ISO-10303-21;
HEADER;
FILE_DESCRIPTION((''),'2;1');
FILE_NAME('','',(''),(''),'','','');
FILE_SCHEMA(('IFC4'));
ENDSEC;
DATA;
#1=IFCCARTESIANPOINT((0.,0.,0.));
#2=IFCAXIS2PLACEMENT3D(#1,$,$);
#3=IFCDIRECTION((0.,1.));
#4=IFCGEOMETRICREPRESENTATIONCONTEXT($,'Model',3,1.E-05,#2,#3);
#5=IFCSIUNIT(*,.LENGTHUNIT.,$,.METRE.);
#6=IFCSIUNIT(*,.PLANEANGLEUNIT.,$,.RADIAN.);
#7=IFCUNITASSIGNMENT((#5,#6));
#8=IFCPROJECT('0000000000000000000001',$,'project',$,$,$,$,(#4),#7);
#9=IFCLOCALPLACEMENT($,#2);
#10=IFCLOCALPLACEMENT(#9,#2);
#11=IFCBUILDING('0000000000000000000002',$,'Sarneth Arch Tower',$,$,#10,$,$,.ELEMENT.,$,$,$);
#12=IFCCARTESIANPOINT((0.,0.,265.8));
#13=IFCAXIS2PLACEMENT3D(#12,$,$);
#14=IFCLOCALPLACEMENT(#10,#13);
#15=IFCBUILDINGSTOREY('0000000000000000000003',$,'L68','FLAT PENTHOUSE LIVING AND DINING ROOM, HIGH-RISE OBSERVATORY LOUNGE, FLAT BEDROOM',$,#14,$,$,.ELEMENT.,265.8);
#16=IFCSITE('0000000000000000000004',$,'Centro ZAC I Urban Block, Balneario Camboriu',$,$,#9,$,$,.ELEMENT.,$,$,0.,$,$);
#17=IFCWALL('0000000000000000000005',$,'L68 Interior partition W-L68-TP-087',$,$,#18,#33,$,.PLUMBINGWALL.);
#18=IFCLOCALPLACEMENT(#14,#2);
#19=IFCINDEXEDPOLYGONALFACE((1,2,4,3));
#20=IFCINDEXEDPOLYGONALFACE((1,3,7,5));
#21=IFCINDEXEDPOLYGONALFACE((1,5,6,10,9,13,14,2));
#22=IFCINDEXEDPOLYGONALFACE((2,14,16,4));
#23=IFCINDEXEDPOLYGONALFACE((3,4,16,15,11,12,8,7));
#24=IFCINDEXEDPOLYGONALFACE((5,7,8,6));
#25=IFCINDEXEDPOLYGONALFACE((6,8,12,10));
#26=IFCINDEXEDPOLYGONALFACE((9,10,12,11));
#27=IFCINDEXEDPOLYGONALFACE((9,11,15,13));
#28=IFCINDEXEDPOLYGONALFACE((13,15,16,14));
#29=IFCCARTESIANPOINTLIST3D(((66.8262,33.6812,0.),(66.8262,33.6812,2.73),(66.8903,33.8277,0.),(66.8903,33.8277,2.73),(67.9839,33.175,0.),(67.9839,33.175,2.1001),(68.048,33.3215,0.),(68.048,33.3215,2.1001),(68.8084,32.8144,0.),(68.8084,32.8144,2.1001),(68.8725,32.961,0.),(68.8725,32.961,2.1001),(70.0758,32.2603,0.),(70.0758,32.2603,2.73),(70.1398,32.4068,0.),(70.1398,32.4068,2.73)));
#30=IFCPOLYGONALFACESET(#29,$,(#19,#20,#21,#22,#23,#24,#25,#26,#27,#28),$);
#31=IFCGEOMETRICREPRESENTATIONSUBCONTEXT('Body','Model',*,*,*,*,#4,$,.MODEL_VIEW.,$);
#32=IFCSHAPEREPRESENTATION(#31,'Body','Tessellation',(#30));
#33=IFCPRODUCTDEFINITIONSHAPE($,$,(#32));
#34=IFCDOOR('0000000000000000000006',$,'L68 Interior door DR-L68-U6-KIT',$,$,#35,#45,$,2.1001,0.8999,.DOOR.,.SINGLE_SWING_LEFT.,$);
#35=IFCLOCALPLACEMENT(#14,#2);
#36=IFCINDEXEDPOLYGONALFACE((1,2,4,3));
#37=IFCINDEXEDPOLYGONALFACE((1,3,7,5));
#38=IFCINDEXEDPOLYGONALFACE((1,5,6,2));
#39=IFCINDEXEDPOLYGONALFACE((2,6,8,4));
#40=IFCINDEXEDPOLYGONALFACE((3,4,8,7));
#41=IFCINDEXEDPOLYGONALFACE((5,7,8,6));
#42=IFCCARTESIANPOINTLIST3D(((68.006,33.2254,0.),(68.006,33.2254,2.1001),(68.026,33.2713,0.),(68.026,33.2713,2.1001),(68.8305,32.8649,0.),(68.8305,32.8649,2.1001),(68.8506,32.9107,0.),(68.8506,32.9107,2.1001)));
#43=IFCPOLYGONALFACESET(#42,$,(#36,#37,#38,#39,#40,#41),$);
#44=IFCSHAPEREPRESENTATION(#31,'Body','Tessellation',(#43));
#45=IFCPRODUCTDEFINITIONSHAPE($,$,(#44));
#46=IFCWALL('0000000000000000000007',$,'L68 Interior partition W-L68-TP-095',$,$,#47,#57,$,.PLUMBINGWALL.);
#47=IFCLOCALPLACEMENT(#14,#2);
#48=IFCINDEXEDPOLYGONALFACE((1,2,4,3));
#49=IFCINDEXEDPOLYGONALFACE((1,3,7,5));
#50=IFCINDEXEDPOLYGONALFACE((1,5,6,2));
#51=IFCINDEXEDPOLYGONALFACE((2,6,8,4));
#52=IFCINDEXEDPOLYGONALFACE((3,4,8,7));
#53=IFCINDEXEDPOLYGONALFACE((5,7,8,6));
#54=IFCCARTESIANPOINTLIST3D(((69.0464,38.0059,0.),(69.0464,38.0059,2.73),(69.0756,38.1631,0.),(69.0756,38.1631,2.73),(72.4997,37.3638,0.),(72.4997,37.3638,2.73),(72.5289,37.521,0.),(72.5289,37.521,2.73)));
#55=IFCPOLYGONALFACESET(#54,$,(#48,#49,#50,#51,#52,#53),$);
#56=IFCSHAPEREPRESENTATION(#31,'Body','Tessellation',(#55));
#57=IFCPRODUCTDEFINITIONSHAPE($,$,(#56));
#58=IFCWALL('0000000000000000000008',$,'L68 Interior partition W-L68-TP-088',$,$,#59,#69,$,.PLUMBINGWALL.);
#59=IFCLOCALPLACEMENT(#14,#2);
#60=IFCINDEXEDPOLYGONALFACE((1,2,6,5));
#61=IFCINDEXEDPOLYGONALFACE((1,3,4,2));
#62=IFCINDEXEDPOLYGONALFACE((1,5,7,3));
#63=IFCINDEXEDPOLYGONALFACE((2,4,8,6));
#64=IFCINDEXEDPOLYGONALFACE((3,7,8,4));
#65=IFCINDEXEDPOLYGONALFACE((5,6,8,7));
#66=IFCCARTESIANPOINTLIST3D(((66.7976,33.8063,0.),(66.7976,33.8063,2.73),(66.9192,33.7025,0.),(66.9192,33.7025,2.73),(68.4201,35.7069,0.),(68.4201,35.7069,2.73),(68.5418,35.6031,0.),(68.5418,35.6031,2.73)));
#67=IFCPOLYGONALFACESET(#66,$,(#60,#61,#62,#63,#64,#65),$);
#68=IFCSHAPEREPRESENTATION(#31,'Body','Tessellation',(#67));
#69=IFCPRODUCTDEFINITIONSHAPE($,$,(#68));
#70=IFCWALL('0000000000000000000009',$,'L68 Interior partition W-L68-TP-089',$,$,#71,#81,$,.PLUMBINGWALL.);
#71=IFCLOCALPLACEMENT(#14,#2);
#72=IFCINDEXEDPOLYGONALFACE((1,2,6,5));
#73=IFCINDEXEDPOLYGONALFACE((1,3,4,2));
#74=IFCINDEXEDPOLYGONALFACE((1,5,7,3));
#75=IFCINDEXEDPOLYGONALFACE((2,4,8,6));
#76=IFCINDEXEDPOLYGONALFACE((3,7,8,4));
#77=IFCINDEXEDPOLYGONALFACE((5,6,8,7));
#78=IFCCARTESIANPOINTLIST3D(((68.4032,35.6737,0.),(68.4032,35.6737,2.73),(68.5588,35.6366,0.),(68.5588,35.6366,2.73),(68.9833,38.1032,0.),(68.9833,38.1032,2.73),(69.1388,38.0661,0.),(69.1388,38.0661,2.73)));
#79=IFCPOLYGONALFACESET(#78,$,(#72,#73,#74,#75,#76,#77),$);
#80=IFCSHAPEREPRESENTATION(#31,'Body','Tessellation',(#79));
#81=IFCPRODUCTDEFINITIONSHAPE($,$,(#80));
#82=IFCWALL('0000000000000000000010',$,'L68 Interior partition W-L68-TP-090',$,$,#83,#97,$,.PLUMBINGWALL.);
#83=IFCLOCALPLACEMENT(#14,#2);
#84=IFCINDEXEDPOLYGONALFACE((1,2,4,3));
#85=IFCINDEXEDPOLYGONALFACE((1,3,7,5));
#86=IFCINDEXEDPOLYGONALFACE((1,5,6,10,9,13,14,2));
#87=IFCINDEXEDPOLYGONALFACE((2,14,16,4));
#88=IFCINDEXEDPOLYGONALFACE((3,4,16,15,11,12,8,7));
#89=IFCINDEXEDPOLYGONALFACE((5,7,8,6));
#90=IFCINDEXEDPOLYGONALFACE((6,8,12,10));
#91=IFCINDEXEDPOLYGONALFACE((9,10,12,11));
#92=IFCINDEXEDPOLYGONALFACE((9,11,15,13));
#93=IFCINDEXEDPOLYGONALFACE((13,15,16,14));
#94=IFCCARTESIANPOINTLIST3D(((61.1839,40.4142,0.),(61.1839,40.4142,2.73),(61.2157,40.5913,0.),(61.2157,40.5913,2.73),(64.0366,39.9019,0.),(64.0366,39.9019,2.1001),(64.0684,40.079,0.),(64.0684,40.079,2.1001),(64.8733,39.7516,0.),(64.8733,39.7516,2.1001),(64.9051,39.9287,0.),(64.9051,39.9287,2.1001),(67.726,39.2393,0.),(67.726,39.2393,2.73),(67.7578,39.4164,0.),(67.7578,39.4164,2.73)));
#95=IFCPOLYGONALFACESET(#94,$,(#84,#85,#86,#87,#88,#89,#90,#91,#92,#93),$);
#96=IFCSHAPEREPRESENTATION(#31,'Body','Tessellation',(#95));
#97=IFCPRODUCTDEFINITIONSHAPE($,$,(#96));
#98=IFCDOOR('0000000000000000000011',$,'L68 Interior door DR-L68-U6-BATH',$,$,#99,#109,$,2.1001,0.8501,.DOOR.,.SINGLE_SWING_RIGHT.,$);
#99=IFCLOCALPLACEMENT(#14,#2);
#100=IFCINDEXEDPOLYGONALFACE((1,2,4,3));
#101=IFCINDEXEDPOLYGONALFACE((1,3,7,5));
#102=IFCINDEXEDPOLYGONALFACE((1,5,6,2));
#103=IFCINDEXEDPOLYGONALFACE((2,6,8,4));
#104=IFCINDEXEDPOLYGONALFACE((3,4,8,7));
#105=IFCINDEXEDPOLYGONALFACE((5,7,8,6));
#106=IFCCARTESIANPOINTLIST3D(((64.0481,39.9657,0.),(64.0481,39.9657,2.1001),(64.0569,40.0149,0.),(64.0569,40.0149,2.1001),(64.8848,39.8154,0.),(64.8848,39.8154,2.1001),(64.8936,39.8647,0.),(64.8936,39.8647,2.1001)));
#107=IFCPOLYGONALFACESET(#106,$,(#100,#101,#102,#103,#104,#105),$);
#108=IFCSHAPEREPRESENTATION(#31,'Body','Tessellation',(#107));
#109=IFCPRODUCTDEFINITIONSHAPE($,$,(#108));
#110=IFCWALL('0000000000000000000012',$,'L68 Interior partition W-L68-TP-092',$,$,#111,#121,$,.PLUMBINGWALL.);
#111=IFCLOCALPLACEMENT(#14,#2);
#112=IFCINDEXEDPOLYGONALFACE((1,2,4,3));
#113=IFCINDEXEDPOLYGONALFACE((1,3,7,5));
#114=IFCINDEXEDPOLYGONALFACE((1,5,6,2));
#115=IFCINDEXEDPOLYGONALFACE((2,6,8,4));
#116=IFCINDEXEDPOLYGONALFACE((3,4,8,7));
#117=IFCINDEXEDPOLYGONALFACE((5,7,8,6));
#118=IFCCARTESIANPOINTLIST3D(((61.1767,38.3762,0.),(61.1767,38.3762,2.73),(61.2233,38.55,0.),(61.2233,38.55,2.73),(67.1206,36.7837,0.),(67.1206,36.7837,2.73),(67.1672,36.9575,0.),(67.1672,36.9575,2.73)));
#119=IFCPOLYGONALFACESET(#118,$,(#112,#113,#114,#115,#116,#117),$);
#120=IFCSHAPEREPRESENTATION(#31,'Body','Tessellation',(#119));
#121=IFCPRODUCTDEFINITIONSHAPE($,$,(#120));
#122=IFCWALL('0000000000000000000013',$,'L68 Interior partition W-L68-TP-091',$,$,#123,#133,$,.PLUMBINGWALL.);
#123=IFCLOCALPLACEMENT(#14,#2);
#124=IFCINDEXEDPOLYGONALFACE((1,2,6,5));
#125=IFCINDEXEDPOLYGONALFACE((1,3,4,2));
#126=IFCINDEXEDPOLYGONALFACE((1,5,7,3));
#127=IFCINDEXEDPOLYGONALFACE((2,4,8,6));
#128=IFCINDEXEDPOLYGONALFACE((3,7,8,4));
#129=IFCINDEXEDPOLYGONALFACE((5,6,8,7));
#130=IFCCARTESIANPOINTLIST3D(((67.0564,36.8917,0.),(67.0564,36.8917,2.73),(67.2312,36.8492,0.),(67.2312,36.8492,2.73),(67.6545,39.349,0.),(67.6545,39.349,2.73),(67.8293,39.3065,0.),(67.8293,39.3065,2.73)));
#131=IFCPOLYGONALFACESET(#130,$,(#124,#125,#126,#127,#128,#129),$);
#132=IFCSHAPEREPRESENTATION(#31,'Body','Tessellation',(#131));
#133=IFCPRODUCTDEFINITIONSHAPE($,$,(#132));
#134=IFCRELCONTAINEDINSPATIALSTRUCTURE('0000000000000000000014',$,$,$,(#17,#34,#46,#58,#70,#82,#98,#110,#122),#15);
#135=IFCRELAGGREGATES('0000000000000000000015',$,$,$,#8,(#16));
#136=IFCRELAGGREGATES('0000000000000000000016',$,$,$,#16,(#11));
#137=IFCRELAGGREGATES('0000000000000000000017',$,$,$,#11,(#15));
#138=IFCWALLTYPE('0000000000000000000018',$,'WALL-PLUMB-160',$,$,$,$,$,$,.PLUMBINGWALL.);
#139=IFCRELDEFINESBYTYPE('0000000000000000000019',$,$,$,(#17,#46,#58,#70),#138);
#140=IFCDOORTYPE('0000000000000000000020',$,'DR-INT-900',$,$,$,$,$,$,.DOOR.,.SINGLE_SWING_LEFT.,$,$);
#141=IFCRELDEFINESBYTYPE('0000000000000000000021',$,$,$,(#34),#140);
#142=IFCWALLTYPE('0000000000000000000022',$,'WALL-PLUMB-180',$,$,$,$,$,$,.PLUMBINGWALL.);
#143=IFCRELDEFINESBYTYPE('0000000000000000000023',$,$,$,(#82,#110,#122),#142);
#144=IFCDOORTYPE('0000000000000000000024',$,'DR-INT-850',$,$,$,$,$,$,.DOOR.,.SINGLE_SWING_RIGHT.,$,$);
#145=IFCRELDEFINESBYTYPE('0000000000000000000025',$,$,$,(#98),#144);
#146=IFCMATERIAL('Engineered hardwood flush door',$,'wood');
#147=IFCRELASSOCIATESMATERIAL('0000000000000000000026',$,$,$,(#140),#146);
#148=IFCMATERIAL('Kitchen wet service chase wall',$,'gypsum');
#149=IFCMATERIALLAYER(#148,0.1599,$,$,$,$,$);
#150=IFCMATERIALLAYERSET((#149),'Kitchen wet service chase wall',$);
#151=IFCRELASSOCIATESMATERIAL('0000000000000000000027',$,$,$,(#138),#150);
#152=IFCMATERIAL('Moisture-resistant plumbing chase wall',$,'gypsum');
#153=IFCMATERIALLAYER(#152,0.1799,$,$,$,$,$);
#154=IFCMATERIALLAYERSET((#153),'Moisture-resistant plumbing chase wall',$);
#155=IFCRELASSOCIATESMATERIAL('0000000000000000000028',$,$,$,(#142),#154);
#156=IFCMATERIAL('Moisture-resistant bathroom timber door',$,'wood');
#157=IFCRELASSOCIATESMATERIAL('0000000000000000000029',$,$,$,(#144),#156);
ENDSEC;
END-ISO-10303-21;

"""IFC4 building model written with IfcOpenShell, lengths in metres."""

from ifc_helpers import new_model, si_unit, direction, frame, frame_2d, origin, place, context, subcontext, project, spatial, rectangle, extrude, material, layer, layer_set, type_object, element, fill, save


model = new_model("IFC4")

# Units and contexts
model_context = context("Model", 3, precision=1e-05, world=origin(), true_north=direction((0.0, 1.0)))
body_context = subcontext(model_context, "Body", "Model", "MODEL_VIEW")
ifc_project = project(units=[si_unit("LENGTHUNIT", "METRE"), si_unit("PLANEANGLEUNIT", "RADIAN")], contexts=[model_context])

# Site, building, storey
site_placement = place(None, origin())
site = spatial("IfcSite", under=ifc_project, at=site_placement, Name="Centro ZAC I Urban Block, Balneario Camboriu", CompositionType="ELEMENT", RefElevation=0.0)
building_placement = place(site_placement, origin())
building = spatial("IfcBuilding", under=site, at=building_placement, Name="Sarneth Arch Tower", CompositionType="ELEMENT")
storey_placement = place(building_placement, frame((0.0, 0.0, 265.8)))
storey = spatial("IfcBuildingStorey", under=building, at=storey_placement, Name="L68", Description="FLAT PENTHOUSE LIVING AND DINING ROOM, HIGH-RISE OBSERVATORY LOUNGE, FLAT BEDROOM", CompositionType="ELEMENT", Elevation=265.8)

# Wall, opening, door
ifc_material_1 = material(Name="Engineered hardwood flush door", Category="wood")
door_type_1 = type_object("IfcDoorType", Name="DR-INT-900", OperationType="SINGLE_SWING_LEFT", PredefinedType="DOOR", material=ifc_material_1)
ifc_material_2 = material(Name="Kitchen wet service chase wall", Category="gypsum")
ifc_layer_1 = layer(ifc_material_2, 0.1599)
ifc_layer_set_1 = layer_set([ifc_layer_1], Name="Kitchen wet service chase wall")
wall_type_1 = type_object("IfcWallType", Name="WALL-PLUMB-160", PredefinedType="PLUMBINGWALL", material=ifc_layer_set_1)
wall_1_placement = place(storey_placement, frame((70.1079, 32.3335, 0.0), z_axis=(0.0, 0.0, 1.0), x_axis=(-0.916236, 0.400638, 0.0)))
wall_1 = element("IfcWall", 1, at=wall_1_placement, inside=storey, type_object=wall_type_1, Name="L68 Interior partition W-L68-TP-087", PredefinedType="PLUMBINGWALL", context=body_context, shape_type="SweptSolid", body=[
    extrude(rectangle(XDim=3.5466, YDim=0.1599, at=frame_2d((1.7734, 0.0))), origin(), (0.0, 0.0, 1.0), 2.73),
])
opening_1_placement = place(wall_1_placement, frame((1.3833, 0.0, 0.0)))
opening_1 = element("IfcOpeningElement", 2, at=opening_1_placement, cuts=wall_1, PredefinedType="OPENING", context=body_context, shape_type="SweptSolid", body=[
    extrude(rectangle(XDim=0.8999, YDim=2.1001, at=frame_2d((0.45, 1.05))), frame((0.0, 0.0898, 0.0), z_axis=(0.0, -1.0, 0.0), x_axis=(1.0, 0.0, 0.0)), (0.0, 0.0, 1.0), 0.1799),
])
door_1_placement = place(opening_1_placement, origin())
door_1 = element("IfcDoor", 3, at=door_1_placement, inside=storey, type_object=door_type_1, Name="L68 Interior door DR-L68-U6-KIT", OperationType="SINGLE_SWING_LEFT", OverallHeight=2.1001, OverallWidth=0.8999, PredefinedType="DOOR", context=body_context, shape_type="SweptSolid", body=[
    extrude(rectangle(XDim=0.8999, YDim=2.1001, at=frame_2d((0.45, 1.05))), frame((0.0, 0.0249, 0.0), z_axis=(0.0, -1.0, 0.0), x_axis=(1.0, 0.0, 0.0)), (0.0, 0.0, 1.0), 0.05),
])
fill(opening_1, door_1)

# Walls
wall_2_placement = place(storey_placement, frame((72.5144, 37.4424, 0.0), z_axis=(0.0, 0.0, 1.0), x_axis=(-0.98315, 0.182799, 0.0)))
element("IfcWall", 4, at=wall_2_placement, inside=storey, type_object=wall_type_1, Name="L68 Interior partition W-L68-TP-095", PredefinedType="PLUMBINGWALL", context=body_context, shape_type="SweptSolid", body=[
    extrude(rectangle(XDim=3.5125, YDim=0.1599, at=frame_2d((1.7563, 0.0))), origin(), (0.0, 0.0, 1.0), 2.73),
])
wall_3_placement = place(storey_placement, frame((66.8584, 33.7544, 0.0), z_axis=(0.0, 0.0, 1.0), x_axis=(0.649278, 0.760552, 0.0)))
element("IfcWall", 5, at=wall_3_placement, inside=storey, type_object=wall_type_1, Name="L68 Interior partition W-L68-TP-088", PredefinedType="PLUMBINGWALL", context=body_context, shape_type="SweptSolid", body=[
    extrude(rectangle(XDim=2.499, YDim=0.1599, at=frame_2d((1.2495, 0.0))), origin(), (0.0, 0.0, 1.0), 2.73),
])
wall_4_placement = place(storey_placement, frame((68.481, 35.655, 0.0), z_axis=(0.0, 0.0, 1.0), x_axis=(0.232242, 0.972658, 0.0)))
element("IfcWall", 6, at=wall_4_placement, inside=storey, type_object=wall_type_1, Name="L68 Interior partition W-L68-TP-089", PredefinedType="PLUMBINGWALL", context=body_context, shape_type="SweptSolid", body=[
    extrude(rectangle(XDim=2.4978, YDim=0.1599, at=frame_2d((1.249, 0.0))), origin(), (0.0, 0.0, 1.0), 2.73),
])

# Wall, opening, door
ifc_material_3 = material(Name="Moisture-resistant plumbing chase wall", Category="gypsum")
ifc_layer_2 = layer(ifc_material_3, 0.1799)
ifc_layer_set_2 = layer_set([ifc_layer_2], Name="Moisture-resistant plumbing chase wall")
wall_type_2 = type_object("IfcWallType", Name="WALL-PLUMB-180", PredefinedType="PLUMBINGWALL", material=ifc_layer_set_2)
wall_5_placement = place(storey_placement, frame((61.2, 40.5027, 0.0), z_axis=(0.0, 0.0, 1.0), x_axis=(0.984255, -0.176752, 0.0)))
wall_5 = element("IfcWall", 7, at=wall_5_placement, inside=storey, type_object=wall_type_2, Name="L68 Interior partition W-L68-TP-090", PredefinedType="PLUMBINGWALL", context=body_context, shape_type="SweptSolid", body=[
    extrude(rectangle(XDim=6.6467, YDim=0.1799, at=frame_2d((3.3232, 0.0))), origin(), (0.0, 0.0, 1.0), 2.73),
])
opening_2_placement = place(wall_5_placement, frame((2.8982, 0.0, 0.0)))
opening_2 = element("IfcOpeningElement", 8, at=opening_2_placement, cuts=wall_5, PredefinedType="OPENING", context=body_context, shape_type="SweptSolid", body=[
    extrude(rectangle(XDim=0.8501, YDim=2.1001, at=frame_2d((0.425, 1.05))), frame((0.0, 0.0999, 0.0), z_axis=(0.0, -1.0, 0.0), x_axis=(1.0, 0.0, 0.0)), (0.0, 0.0, 1.0), 0.2),
])
ifc_material_4 = material(Name="Moisture-resistant bathroom timber door", Category="wood")
door_type_2 = type_object("IfcDoorType", Name="DR-INT-850", OperationType="SINGLE_SWING_RIGHT", PredefinedType="DOOR", material=ifc_material_4)
door_2_placement = place(opening_2_placement, origin())
door_2 = element("IfcDoor", 9, at=door_2_placement, inside=storey, type_object=door_type_2, Name="L68 Interior door DR-L68-U6-BATH", OperationType="SINGLE_SWING_RIGHT", OverallHeight=2.1001, OverallWidth=0.8501, PredefinedType="DOOR", context=body_context, shape_type="SweptSolid", body=[
    extrude(rectangle(XDim=0.8501, YDim=2.1001, at=frame_2d((0.425, 1.05))), frame((0.0, 0.0249, 0.0), z_axis=(0.0, -1.0, 0.0), x_axis=(1.0, 0.0, 0.0)), (0.0, 0.0, 1.0), 0.05),
])
fill(opening_2, door_2)

# Walls
wall_6_placement = place(storey_placement, frame((67.1438, 36.8706, 0.0), z_axis=(0.0, 0.0, 1.0), x_axis=(-0.965931, 0.258801, 0.0)))
element("IfcWall", 10, at=wall_6_placement, inside=storey, type_object=wall_type_2, Name="L68 Interior partition W-L68-TP-092", PredefinedType="PLUMBINGWALL", context=body_context, shape_type="SweptSolid", body=[
    extrude(rectangle(XDim=6.1536, YDim=0.1799, at=frame_2d((3.0767, 0.0))), origin(), (0.0, 0.0, 1.0), 2.73),
])
wall_7_placement = place(storey_placement, frame((67.7419, 39.3279, 0.0), z_axis=(0.0, 0.0, 1.0), x_axis=(-0.236512, -0.971629, 0.0)))
element("IfcWall", 11, at=wall_7_placement, inside=storey, type_object=wall_type_2, Name="L68 Interior partition W-L68-TP-091", PredefinedType="PLUMBINGWALL", context=body_context, shape_type="SweptSolid", body=[
    extrude(rectangle(XDim=2.5291, YDim=0.1799, at=frame_2d((1.2646, 0.0))), origin(), (0.0, 0.0, 1.0), 2.73),
])

save(model, "model.ifc")
